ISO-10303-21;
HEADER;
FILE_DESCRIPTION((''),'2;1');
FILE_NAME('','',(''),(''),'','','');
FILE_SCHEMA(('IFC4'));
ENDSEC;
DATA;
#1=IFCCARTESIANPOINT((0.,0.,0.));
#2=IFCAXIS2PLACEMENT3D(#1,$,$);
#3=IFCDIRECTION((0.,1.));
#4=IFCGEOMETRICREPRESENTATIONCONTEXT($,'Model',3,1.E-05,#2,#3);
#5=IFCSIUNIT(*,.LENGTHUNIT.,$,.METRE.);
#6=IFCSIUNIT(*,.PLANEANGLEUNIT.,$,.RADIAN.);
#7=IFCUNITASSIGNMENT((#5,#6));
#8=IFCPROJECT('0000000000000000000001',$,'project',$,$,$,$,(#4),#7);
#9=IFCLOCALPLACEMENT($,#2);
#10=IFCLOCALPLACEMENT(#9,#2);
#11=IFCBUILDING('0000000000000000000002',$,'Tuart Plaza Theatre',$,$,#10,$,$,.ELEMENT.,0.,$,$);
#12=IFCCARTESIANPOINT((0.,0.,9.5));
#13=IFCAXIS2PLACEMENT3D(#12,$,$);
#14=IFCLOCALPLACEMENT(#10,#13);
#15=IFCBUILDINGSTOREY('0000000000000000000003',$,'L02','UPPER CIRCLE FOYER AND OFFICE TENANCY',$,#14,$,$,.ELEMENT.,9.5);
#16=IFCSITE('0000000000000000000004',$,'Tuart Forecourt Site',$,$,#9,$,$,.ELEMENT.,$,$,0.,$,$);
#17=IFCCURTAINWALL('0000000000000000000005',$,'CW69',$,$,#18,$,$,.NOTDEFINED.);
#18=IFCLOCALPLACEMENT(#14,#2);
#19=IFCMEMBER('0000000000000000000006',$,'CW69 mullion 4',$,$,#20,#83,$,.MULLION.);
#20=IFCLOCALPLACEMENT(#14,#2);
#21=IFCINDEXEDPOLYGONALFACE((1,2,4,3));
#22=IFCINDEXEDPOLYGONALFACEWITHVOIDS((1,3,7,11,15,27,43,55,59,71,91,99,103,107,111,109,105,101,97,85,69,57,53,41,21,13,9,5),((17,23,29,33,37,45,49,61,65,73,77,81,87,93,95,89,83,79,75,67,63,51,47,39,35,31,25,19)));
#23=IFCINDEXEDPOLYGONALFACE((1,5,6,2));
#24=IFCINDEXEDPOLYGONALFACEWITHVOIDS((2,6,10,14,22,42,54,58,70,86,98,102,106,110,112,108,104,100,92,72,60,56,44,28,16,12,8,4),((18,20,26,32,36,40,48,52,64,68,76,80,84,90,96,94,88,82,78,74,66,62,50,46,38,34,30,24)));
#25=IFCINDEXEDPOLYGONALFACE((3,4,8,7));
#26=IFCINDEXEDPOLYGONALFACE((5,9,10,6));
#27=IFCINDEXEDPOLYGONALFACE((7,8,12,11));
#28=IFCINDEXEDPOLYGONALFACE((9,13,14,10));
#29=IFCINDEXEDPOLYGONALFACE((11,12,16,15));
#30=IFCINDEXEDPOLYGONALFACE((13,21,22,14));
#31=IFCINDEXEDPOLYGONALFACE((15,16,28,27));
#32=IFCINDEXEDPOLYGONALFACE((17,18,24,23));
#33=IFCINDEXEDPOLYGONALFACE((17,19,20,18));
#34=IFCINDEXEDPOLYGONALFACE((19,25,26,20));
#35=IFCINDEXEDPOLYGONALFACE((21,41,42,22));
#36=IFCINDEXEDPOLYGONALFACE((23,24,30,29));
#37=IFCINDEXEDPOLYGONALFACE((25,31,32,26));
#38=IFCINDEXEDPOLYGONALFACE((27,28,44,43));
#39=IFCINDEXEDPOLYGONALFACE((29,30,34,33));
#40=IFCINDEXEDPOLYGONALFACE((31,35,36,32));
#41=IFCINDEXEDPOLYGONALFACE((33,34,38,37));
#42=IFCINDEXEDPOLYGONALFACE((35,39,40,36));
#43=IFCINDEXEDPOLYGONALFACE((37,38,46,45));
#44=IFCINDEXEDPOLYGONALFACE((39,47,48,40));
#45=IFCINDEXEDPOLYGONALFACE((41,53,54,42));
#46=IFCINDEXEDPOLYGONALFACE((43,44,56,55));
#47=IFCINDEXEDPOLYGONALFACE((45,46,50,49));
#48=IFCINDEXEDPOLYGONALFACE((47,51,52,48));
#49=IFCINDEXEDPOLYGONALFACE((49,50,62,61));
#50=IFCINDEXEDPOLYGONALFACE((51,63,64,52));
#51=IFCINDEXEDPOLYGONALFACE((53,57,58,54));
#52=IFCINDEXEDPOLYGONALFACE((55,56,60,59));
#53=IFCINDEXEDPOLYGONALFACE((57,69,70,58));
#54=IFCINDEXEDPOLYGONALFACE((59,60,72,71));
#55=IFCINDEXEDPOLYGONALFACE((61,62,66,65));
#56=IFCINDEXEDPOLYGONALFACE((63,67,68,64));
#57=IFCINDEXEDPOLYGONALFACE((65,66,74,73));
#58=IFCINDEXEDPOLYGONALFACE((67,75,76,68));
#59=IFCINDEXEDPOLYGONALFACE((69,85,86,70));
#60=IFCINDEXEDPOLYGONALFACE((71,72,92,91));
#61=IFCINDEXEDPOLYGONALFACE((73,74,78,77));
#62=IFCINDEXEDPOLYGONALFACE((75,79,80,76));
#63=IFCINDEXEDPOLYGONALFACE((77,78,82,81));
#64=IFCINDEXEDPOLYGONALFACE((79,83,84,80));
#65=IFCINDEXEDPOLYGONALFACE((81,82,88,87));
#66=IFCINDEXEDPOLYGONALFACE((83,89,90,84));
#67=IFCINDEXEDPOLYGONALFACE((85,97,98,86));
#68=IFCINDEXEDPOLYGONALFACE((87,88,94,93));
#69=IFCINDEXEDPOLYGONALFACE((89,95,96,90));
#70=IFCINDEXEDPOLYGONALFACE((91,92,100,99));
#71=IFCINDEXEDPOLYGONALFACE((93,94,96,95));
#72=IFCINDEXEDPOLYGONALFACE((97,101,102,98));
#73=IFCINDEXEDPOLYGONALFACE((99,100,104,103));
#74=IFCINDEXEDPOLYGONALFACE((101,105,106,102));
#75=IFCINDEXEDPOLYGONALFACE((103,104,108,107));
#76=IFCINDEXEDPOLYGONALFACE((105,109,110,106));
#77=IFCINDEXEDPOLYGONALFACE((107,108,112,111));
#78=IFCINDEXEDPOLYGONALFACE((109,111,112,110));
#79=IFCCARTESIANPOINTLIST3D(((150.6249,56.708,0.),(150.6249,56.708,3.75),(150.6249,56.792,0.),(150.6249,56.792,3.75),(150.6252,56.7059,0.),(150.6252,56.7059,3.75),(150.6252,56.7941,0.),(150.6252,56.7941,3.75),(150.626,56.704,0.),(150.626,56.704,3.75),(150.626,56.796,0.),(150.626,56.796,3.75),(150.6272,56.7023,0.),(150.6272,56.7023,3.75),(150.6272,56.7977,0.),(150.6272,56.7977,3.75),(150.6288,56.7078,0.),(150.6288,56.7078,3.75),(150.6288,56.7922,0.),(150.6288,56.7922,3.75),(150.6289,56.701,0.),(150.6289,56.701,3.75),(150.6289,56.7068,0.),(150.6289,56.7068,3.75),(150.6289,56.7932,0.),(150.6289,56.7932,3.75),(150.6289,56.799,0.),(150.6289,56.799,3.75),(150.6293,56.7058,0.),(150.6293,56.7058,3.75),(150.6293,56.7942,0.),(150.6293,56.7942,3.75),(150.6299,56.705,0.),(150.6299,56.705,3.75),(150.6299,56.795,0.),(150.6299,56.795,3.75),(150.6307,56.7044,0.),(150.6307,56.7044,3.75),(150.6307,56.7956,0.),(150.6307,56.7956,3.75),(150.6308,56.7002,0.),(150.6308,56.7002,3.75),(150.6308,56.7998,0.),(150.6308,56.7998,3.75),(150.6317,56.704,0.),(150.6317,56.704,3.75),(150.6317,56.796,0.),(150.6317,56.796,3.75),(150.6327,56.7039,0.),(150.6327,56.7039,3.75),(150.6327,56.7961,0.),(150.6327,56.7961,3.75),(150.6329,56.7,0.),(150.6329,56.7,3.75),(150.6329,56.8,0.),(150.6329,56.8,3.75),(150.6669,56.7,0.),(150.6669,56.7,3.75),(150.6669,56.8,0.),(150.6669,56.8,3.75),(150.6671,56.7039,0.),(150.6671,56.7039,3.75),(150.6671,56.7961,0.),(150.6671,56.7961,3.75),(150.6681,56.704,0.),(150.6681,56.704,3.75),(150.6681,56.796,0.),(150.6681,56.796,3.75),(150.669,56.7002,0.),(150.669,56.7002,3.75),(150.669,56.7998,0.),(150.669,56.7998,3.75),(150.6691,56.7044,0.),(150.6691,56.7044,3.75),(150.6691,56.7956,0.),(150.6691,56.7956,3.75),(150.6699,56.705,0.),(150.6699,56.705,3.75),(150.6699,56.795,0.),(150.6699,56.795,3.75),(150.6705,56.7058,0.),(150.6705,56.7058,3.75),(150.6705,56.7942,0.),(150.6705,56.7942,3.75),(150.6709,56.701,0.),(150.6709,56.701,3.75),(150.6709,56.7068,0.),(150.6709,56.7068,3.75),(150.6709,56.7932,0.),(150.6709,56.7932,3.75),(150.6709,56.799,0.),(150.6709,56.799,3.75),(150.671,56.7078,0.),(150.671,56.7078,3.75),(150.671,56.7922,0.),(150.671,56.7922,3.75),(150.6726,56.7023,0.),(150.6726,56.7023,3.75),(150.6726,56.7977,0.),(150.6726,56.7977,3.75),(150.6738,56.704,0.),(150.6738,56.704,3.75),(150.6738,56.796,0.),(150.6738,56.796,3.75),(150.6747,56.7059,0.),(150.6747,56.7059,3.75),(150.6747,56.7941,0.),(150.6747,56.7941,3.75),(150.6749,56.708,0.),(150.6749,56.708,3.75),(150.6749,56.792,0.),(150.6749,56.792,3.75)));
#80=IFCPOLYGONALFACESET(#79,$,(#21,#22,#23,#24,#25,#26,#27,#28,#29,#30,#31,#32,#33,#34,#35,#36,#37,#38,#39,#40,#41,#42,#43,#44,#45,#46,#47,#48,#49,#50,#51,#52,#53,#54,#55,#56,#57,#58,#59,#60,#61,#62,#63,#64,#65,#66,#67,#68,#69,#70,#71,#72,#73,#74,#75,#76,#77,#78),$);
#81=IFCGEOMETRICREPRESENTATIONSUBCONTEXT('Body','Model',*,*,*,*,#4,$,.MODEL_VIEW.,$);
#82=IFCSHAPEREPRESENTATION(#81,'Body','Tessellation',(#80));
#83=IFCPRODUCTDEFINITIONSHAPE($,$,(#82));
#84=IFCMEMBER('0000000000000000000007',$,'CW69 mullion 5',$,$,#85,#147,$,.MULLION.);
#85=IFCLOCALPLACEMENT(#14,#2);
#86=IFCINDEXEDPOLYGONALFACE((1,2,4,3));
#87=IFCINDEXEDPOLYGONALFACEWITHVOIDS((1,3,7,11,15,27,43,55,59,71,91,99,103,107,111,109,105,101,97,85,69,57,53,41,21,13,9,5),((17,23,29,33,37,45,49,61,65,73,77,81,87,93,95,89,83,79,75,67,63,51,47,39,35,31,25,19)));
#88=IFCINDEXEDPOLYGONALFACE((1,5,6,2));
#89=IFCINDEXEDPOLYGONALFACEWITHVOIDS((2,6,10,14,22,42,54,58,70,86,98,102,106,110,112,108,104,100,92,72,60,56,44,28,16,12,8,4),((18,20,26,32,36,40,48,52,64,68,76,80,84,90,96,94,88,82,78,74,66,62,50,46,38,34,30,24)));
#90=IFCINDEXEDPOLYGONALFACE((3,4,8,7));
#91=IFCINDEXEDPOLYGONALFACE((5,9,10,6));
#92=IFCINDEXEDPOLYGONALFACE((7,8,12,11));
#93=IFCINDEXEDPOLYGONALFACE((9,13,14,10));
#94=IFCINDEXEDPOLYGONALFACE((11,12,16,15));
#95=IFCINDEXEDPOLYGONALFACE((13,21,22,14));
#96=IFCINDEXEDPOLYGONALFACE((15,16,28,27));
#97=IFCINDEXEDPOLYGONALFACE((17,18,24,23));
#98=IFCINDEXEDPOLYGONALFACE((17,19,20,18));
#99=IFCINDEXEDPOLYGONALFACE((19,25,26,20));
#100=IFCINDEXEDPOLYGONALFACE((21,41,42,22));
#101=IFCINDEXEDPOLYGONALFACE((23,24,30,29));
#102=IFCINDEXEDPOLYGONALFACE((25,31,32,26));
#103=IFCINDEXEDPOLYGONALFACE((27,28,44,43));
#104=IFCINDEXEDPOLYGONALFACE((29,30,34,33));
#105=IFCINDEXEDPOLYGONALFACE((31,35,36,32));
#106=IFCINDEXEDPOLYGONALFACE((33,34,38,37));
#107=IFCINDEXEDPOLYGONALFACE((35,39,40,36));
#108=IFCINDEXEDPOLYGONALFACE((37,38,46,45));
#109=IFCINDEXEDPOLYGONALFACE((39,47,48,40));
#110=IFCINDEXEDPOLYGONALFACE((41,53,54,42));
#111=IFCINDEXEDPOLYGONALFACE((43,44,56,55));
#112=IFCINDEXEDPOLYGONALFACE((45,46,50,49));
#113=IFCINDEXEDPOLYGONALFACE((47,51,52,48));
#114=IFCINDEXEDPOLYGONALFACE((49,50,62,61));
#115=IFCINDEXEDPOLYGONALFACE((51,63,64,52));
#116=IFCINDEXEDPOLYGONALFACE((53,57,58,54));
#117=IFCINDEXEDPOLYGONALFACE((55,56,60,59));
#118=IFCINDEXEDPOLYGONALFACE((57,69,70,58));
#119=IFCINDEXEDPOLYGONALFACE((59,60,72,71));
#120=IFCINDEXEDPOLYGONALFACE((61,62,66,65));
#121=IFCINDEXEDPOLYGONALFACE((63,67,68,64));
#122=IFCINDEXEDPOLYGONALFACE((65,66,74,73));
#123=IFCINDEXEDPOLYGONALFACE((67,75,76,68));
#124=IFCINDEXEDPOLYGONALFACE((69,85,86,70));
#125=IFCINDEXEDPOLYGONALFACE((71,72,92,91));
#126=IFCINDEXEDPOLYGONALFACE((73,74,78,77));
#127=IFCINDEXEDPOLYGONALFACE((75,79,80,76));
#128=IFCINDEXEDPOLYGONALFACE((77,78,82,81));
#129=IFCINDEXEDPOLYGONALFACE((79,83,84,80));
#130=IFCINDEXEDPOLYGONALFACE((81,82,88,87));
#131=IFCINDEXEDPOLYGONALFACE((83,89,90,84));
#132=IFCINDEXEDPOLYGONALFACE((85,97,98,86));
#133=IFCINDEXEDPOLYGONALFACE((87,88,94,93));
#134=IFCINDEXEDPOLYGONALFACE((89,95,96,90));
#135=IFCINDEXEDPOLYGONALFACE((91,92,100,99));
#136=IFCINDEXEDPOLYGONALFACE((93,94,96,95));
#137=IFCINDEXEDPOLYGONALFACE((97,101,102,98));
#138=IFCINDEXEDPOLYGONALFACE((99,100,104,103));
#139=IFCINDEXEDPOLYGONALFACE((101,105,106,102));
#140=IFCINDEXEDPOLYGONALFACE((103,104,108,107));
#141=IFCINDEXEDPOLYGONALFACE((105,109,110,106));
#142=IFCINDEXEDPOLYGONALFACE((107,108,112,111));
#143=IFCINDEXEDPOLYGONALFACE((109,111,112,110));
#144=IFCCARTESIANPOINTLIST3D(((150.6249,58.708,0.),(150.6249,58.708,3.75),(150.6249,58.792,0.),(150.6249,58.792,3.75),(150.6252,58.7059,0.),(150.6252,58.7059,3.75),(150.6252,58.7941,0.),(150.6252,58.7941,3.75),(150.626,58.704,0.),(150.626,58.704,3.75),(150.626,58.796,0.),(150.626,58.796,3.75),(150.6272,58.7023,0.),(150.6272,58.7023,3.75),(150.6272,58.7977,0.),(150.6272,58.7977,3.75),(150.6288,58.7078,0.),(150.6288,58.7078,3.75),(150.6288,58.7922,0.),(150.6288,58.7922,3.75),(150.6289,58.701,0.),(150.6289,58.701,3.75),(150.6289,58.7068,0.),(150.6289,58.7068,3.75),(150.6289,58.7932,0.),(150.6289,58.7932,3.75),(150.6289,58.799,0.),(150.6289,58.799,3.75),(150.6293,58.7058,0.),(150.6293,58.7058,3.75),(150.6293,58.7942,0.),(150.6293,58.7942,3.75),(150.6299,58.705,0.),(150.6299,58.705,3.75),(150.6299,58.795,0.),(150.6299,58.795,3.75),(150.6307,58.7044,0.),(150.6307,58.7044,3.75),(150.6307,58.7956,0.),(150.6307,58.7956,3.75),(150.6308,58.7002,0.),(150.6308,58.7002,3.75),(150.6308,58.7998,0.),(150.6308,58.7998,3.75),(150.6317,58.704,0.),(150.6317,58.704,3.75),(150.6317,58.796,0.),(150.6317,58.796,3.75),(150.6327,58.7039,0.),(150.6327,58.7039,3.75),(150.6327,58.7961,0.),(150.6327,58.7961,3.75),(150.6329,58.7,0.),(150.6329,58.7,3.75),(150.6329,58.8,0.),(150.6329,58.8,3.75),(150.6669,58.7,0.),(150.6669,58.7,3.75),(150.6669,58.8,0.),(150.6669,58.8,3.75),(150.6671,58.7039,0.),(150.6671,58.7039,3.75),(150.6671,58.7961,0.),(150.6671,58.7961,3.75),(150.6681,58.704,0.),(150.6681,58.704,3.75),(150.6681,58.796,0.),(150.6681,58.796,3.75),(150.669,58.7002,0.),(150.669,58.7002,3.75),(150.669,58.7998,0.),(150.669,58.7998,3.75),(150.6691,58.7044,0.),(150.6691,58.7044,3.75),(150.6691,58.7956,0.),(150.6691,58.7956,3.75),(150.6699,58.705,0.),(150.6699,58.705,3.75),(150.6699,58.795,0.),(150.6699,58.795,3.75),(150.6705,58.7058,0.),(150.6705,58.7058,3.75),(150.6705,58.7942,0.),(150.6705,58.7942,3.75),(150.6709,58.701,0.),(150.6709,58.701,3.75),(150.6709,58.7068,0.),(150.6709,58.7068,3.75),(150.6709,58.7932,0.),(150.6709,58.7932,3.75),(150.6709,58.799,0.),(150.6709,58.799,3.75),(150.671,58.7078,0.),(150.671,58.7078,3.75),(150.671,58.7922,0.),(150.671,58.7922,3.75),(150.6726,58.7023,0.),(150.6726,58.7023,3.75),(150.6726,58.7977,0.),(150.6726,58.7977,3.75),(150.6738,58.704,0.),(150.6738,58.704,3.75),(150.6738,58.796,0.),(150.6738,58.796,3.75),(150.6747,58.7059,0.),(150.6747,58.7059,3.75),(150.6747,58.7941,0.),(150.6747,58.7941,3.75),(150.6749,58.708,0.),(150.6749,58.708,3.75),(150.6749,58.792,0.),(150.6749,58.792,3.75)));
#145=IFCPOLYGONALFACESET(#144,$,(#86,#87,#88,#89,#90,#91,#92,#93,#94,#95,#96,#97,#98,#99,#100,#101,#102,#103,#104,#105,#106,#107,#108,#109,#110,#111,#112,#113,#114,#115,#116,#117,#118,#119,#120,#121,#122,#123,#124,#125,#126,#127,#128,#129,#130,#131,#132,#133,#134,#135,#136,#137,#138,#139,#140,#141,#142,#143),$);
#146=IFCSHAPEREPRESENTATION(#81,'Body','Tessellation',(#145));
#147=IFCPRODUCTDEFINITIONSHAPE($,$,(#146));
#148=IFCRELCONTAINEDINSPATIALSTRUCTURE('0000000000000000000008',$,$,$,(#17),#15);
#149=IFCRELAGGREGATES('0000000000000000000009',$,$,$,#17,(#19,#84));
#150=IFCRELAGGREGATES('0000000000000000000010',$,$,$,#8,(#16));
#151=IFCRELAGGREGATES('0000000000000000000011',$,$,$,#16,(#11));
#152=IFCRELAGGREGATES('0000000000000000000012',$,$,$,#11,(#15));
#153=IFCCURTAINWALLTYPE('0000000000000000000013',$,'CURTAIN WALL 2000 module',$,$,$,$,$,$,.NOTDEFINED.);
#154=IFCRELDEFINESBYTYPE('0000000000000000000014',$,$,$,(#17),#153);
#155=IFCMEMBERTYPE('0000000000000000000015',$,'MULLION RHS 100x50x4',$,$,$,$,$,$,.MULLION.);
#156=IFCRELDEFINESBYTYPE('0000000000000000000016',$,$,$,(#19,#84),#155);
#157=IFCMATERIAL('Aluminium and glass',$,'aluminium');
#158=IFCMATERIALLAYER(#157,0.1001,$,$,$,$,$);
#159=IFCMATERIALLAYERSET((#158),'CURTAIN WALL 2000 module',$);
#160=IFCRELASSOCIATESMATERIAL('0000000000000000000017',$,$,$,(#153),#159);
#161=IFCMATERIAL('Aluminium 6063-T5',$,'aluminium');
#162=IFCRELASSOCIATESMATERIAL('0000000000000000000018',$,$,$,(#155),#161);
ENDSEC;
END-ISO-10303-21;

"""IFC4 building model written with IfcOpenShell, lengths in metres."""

from ifc_helpers import new_model, si_unit, direction, frame, origin, origin_2d, place, context, subcontext, project, spatial, hollow_rectangle, extrude, material, layer, layer_set, material_profile, profile_set, type_object, element, aggregate, save


model = new_model("IFC4")

# Units and contexts
model_context = context("Model", 3, precision=1e-05, world=origin(), true_north=direction((0.0, 1.0)))
body_context = subcontext(model_context, "Body", "Model", "MODEL_VIEW")
ifc_project = project(units=[si_unit("LENGTHUNIT", "METRE"), si_unit("PLANEANGLEUNIT", "RADIAN")], contexts=[model_context])

# Site, building, storey
site_placement = place(None, origin())
site = spatial("IfcSite", under=ifc_project, at=site_placement, Name="Tuart Forecourt Site", CompositionType="ELEMENT", RefElevation=0.0)
building_placement = place(site_placement, origin())
building = spatial("IfcBuilding", under=site, at=building_placement, Name="Tuart Plaza Theatre", CompositionType="ELEMENT", ElevationOfRefHeight=0.0)
storey_placement = place(building_placement, frame((0.0, 0.0, 9.5)))
storey = spatial("IfcBuildingStorey", under=building, at=storey_placement, Name="L02", Description="UPPER CIRCLE FOYER AND OFFICE TENANCY", CompositionType="ELEMENT", Elevation=9.5)

# Curtain wall, members
ifc_material_1 = material(Name="Aluminium and glass", Category="aluminium")
ifc_layer_1 = layer(ifc_material_1, 0.1001)
ifc_layer_set_1 = layer_set([ifc_layer_1], Name="CURTAIN WALL 2000 module")
curtain_wall_type = type_object("IfcCurtainWallType", Name="CURTAIN WALL 2000 module", PredefinedType="NOTDEFINED", material=ifc_layer_set_1)
curtain_wall_placement = place(storey_placement, origin())
curtain_wall = element("IfcCurtainWall", 1, at=curtain_wall_placement, inside=storey, type_object=curtain_wall_type, Name="CW69", PredefinedType="NOTDEFINED")
ifc_material_2 = material(Name="Aluminium 6063-T5", Category="aluminium")
ifc_material_profile_1 = material_profile(ifc_material_2, hollow_rectangle(XDim=0.05, YDim=0.1001, WallThickness=0.0039, InnerFilletRadius=0.0039, OuterFilletRadius=0.0081, at=origin_2d()), Name="RHS 100x50x4")
ifc_profile_set_1 = profile_set([ifc_material_profile_1], Name="Aluminium 6063-T5")
member_type_1 = type_object("IfcMemberType", Name="MULLION RHS 100x50x4", PredefinedType="MULLION", material=ifc_profile_set_1)
member_1_placement = place(storey_placement, frame((150.6499, 56.75, 0.0), z_axis=(0.0, 0.0, 1.0), x_axis=(-1.0, 0.0, 0.0)))
member_1 = element("IfcMember", 2, at=member_1_placement, type_object=member_type_1, Name="CW69 mullion 4", PredefinedType="MULLION", context=body_context, shape_type="SweptSolid", body=[
    extrude(hollow_rectangle(XDim=0.05, YDim=0.1001, WallThickness=0.0039, InnerFilletRadius=0.0039, OuterFilletRadius=0.0081, at=origin_2d()), origin(), (0.0, 0.0, 1.0), 3.75),
])
member_2_placement = place(storey_placement, frame((150.6499, 58.75, 0.0), z_axis=(0.0, 0.0, 1.0), x_axis=(-1.0, 0.0, 0.0)))
member_2 = element("IfcMember", 3, at=member_2_placement, type_object=member_type_1, Name="CW69 mullion 5", PredefinedType="MULLION", context=body_context, shape_type="SweptSolid", body=[
    extrude(hollow_rectangle(XDim=0.05, YDim=0.1001, WallThickness=0.0039, InnerFilletRadius=0.0039, OuterFilletRadius=0.0081, at=origin_2d()), origin(), (0.0, 0.0, 1.0), 3.75),
])
aggregate(curtain_wall, [member_1, member_2])

save(model, "model.ifc")
